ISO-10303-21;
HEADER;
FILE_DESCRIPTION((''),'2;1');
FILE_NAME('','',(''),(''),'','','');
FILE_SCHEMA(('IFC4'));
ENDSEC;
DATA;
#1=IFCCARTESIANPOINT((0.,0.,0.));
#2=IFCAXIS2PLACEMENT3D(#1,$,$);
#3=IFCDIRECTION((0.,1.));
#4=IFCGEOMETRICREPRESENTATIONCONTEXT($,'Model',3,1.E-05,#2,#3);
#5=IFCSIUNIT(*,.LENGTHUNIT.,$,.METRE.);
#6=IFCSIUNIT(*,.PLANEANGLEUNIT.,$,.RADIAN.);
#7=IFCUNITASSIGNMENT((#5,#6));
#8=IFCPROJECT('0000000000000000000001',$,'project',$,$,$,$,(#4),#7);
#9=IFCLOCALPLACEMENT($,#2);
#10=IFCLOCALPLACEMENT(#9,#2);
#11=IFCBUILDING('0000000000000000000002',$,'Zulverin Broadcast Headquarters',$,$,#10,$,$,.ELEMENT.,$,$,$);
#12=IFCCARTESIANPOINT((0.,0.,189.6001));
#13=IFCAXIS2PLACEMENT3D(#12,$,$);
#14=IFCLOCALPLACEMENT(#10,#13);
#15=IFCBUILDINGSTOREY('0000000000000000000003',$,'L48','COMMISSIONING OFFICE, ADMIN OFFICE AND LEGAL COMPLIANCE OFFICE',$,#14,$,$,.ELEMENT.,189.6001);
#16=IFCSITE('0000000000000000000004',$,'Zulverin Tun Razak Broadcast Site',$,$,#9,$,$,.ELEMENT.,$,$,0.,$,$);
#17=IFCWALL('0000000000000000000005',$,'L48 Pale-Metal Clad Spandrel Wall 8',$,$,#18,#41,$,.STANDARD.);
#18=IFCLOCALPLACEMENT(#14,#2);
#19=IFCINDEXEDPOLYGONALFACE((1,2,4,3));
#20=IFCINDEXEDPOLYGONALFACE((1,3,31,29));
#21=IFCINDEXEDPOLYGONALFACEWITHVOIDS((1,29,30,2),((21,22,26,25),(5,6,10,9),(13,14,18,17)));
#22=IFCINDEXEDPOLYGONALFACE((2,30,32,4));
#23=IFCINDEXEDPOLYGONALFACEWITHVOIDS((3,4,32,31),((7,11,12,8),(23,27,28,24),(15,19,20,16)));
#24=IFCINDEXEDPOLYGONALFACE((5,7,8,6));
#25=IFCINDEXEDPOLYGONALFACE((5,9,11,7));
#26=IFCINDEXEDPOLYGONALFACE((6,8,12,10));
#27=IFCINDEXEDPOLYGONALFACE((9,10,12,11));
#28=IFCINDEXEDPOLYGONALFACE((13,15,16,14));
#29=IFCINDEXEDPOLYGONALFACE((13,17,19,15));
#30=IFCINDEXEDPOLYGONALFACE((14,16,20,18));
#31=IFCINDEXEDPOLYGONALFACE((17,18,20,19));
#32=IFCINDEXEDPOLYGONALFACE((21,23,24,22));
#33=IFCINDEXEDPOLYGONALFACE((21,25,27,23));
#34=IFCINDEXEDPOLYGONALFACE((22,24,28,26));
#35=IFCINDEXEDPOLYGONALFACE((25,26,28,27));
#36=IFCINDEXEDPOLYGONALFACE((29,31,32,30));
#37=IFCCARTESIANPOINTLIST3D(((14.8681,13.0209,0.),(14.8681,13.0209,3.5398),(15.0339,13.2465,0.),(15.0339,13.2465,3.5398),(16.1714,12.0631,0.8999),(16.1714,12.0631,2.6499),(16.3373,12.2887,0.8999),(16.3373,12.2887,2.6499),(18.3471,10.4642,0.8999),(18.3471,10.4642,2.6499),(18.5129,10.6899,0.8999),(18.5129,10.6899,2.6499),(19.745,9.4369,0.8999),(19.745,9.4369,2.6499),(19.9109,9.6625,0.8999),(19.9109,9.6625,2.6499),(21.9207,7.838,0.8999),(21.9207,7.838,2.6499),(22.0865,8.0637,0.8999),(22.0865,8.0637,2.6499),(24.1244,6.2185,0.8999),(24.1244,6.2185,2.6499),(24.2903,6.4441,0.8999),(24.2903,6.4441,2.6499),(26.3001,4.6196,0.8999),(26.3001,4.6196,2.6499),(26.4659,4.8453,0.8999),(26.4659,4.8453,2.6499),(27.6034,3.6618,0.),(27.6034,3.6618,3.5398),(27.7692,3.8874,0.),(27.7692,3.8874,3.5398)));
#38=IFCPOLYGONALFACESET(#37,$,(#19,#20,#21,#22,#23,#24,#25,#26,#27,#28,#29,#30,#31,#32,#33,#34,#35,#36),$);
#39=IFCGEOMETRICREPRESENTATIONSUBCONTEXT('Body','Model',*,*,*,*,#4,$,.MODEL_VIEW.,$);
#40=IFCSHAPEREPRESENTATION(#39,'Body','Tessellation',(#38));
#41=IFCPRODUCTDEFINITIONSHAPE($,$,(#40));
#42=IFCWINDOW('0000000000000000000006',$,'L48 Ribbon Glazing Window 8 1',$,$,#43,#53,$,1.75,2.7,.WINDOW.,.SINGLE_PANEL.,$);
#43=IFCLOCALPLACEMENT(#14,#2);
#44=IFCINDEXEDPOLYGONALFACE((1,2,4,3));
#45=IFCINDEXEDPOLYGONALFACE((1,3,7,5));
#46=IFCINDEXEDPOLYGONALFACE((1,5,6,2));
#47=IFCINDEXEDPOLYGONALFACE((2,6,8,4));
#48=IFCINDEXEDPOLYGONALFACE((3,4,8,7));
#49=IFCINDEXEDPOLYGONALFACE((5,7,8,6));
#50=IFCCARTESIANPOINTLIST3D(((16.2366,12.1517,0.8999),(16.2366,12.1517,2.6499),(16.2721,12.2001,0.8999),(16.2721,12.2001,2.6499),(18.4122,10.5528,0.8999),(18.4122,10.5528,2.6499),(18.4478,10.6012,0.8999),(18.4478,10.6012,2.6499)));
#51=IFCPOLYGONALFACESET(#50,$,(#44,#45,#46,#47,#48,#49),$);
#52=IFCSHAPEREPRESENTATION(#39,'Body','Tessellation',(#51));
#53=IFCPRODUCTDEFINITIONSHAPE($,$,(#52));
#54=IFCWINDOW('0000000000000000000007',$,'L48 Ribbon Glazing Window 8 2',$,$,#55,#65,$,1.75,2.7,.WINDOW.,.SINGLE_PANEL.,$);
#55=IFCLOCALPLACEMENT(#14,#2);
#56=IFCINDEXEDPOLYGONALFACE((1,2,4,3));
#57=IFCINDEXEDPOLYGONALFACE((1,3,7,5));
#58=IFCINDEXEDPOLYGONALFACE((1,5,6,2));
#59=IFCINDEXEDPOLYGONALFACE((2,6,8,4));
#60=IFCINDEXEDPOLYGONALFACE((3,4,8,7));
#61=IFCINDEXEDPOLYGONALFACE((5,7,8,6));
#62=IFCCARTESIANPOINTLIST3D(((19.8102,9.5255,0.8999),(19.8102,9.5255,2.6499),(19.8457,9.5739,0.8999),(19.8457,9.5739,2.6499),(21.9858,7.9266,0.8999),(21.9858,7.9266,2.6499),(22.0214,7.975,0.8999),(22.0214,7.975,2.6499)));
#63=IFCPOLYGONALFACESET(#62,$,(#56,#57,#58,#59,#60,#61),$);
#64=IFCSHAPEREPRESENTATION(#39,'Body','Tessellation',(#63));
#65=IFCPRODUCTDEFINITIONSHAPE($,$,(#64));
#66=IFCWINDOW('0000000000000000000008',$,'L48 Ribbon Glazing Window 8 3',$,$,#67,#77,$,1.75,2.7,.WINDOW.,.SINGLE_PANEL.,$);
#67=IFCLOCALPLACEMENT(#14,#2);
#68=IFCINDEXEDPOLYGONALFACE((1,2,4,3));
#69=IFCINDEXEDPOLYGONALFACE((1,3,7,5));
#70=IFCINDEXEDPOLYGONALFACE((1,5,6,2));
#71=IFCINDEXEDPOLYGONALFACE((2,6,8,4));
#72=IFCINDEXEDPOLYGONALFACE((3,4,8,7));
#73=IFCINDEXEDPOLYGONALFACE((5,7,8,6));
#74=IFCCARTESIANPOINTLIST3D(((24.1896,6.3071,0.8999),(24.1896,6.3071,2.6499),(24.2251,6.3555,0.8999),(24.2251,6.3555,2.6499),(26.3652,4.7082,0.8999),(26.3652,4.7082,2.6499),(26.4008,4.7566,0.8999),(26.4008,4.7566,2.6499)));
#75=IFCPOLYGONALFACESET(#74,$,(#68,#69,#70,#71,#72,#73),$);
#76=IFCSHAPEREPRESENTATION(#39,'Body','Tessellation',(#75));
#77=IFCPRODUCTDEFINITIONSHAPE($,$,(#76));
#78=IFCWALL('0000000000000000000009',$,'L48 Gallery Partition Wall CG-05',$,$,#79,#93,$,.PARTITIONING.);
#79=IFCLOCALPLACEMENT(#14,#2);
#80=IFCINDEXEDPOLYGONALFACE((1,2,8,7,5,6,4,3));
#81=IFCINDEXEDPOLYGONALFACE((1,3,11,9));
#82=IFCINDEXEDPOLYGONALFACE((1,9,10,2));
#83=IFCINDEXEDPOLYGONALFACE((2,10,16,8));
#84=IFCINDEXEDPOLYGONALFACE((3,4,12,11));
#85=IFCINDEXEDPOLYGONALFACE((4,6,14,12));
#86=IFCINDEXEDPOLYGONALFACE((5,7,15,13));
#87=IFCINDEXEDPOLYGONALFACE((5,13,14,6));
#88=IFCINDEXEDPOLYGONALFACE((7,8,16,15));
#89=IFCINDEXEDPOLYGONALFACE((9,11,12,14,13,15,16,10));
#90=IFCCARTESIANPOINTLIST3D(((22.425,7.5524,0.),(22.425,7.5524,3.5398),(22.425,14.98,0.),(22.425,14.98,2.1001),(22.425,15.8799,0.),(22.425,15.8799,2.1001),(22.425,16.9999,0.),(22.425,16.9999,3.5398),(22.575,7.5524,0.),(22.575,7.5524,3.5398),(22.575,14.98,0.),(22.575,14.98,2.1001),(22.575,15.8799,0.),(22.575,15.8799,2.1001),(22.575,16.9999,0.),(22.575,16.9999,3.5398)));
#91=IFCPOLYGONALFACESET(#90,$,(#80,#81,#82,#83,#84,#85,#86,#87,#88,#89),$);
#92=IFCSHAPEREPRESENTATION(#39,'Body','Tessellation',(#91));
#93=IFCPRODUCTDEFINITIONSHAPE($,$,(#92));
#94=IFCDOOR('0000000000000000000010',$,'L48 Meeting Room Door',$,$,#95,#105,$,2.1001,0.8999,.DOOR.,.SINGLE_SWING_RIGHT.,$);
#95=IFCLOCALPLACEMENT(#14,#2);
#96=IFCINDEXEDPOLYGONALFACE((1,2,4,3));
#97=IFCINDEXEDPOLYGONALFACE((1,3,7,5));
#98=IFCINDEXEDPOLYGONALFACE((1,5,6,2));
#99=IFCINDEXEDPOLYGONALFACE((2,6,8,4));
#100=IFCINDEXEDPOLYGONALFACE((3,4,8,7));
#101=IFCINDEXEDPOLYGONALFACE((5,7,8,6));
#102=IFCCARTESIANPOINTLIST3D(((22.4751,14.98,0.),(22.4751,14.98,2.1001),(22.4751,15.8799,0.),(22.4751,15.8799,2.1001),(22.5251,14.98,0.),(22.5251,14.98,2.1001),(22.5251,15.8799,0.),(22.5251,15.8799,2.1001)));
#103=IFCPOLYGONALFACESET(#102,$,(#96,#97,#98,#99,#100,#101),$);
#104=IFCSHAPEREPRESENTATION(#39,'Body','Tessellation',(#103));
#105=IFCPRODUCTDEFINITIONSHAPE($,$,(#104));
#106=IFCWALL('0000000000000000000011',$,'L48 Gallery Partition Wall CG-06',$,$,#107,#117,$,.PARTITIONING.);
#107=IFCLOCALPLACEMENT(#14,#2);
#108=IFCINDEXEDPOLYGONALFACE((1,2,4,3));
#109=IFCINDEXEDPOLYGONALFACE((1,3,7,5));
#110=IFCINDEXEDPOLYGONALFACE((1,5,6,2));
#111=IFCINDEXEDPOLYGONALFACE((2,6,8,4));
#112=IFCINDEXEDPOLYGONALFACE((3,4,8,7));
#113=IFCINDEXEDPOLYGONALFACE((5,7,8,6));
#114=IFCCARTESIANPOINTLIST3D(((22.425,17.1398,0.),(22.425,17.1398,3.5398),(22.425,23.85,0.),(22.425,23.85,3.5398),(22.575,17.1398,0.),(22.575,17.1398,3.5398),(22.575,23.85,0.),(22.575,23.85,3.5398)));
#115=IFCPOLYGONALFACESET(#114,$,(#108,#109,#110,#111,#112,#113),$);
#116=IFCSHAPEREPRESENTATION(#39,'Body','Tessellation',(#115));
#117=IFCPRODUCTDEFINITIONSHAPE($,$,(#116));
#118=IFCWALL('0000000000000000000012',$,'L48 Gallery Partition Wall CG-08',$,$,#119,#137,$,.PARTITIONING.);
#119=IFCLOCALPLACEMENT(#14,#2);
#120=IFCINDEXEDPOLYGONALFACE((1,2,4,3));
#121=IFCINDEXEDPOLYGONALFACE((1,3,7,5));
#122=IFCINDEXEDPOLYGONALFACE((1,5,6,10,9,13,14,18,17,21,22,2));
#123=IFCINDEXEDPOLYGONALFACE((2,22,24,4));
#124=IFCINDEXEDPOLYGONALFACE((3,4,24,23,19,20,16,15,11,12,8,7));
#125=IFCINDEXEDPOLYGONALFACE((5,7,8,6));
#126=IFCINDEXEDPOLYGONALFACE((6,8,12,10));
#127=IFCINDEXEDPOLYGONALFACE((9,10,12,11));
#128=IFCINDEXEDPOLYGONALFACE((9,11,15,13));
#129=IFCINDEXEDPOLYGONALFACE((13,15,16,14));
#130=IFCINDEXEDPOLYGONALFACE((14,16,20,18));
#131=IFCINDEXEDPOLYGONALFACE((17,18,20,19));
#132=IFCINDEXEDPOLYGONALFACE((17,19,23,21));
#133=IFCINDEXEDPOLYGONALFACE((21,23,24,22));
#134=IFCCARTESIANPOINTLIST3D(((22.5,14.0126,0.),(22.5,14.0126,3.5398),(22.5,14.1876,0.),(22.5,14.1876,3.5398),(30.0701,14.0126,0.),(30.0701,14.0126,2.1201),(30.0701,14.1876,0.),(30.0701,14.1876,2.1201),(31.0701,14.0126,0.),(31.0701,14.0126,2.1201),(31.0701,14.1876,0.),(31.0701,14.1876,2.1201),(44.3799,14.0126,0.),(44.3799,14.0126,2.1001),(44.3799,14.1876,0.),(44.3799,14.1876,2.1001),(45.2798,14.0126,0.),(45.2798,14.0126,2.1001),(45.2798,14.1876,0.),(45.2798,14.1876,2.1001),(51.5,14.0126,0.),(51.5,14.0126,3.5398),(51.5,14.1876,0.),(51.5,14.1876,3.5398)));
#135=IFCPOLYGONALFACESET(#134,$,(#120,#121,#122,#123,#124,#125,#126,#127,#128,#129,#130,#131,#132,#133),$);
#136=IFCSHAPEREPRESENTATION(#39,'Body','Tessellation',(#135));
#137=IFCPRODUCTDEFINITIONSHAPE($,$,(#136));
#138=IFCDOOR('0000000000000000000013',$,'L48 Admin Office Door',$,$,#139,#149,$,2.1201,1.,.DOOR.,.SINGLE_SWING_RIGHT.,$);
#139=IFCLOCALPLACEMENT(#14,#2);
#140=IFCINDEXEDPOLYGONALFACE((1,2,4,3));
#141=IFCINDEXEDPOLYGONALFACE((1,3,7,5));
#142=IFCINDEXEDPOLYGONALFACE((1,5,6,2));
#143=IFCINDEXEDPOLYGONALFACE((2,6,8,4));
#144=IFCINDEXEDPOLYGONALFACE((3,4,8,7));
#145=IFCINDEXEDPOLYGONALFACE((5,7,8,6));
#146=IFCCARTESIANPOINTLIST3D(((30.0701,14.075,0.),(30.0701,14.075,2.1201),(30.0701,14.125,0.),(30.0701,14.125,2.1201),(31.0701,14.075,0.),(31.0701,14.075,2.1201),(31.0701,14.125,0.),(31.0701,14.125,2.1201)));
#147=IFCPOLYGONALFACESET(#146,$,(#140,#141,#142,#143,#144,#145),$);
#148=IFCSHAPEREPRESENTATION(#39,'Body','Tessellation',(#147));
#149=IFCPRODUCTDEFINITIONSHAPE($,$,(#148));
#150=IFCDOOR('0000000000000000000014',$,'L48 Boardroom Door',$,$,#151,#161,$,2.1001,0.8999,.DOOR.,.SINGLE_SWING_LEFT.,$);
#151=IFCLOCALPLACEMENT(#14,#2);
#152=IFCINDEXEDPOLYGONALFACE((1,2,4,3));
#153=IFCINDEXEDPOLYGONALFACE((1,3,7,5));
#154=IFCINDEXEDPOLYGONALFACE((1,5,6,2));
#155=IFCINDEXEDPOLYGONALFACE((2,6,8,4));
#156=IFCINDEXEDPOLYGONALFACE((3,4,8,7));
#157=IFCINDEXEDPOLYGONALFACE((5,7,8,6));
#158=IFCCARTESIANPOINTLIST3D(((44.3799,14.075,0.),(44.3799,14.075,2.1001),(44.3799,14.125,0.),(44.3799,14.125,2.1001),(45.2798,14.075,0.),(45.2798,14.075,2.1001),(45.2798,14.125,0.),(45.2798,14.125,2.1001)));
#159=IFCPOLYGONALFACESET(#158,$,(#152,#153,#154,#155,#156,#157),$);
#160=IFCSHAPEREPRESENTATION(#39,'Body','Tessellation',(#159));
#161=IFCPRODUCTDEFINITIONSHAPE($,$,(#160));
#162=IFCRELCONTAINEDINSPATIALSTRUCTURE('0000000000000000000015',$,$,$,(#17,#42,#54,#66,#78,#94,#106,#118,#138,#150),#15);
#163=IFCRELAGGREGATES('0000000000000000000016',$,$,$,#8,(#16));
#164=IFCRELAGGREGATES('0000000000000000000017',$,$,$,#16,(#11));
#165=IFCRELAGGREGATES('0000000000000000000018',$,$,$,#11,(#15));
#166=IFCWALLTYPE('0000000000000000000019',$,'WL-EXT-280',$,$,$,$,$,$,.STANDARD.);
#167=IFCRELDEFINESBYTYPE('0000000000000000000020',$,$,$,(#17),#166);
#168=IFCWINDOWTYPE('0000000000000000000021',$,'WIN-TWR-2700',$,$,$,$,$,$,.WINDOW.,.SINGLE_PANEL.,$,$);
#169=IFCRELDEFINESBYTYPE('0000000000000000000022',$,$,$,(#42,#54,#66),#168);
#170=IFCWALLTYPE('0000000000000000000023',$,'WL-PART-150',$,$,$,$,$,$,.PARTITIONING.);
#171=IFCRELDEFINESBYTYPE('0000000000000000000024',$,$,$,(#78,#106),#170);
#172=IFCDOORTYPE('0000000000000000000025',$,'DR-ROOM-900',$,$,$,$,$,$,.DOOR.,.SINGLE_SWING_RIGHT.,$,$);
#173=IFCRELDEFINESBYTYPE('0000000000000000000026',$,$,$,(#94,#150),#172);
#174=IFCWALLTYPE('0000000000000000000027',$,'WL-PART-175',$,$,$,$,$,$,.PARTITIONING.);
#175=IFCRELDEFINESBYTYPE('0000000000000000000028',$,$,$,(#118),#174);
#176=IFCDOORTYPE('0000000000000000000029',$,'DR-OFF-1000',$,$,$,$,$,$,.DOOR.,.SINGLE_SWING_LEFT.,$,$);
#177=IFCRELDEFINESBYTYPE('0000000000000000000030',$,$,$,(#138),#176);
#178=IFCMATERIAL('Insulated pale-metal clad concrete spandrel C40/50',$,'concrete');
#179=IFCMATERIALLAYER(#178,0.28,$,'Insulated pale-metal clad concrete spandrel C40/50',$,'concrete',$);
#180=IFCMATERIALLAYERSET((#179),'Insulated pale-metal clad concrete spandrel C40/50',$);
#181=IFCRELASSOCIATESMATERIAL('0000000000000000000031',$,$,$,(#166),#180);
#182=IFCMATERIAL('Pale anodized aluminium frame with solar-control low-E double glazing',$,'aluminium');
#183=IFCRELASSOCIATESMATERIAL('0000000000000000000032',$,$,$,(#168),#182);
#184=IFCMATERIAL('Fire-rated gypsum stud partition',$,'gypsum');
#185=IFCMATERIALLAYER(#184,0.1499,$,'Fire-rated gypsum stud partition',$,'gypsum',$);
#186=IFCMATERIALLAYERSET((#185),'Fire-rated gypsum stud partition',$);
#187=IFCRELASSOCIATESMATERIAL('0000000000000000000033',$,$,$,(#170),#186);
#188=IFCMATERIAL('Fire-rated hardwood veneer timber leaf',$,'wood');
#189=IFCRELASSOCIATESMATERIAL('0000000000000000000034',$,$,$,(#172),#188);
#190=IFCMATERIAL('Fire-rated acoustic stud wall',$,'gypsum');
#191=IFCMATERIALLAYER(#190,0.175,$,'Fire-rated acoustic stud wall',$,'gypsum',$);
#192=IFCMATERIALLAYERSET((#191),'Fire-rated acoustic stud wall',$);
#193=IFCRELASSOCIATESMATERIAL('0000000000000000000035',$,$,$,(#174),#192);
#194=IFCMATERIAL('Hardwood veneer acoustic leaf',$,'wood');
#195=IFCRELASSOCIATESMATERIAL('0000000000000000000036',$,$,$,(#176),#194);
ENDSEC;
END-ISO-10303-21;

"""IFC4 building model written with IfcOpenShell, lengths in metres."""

from ifc_helpers import new_model, si_unit, direction, frame, frame_2d, origin, place, context, subcontext, project, spatial, rectangle, extrude, material, layer, layer_set, type_object, element, fill, save


model = new_model("IFC4")

# Units and contexts
model_context = context("Model", 3, precision=1e-05, world=origin(), true_north=direction((0.0, 1.0)))
body_context = subcontext(model_context, "Body", "Model", "MODEL_VIEW")
ifc_project = project(units=[si_unit("LENGTHUNIT", "METRE"), si_unit("PLANEANGLEUNIT", "RADIAN")], contexts=[model_context])

# Site, building, storey
site_placement = place(None, origin())
site = spatial("IfcSite", under=ifc_project, at=site_placement, Name="Zulverin Tun Razak Broadcast Site", CompositionType="ELEMENT", RefElevation=0.0)
building_placement = place(site_placement, origin())
building = spatial("IfcBuilding", under=site, at=building_placement, Name="Zulverin Broadcast Headquarters", CompositionType="ELEMENT")
storey_placement = place(building_placement, frame((0.0, 0.0, 189.6001)))
storey = spatial("IfcBuildingStorey", under=building, at=storey_placement, Name="L48", Description="COMMISSIONING OFFICE, ADMIN OFFICE AND LEGAL COMPLIANCE OFFICE", CompositionType="ELEMENT", Elevation=189.6001)

# Wall, openings, windows
ifc_material_1 = material(Name="Insulated pale-metal clad concrete spandrel C40/50", Category="concrete")
ifc_layer_1 = layer(ifc_material_1, 0.28, Name="Insulated pale-metal clad concrete spandrel C40/50", Category="concrete")
ifc_layer_set_1 = layer_set([ifc_layer_1], Name="Insulated pale-metal clad concrete spandrel C40/50")
wall_type_1 = type_object("IfcWallType", Name="WL-EXT-280", PredefinedType="STANDARD", material=ifc_layer_set_1)
wall_1_placement = place(storey_placement, frame((14.9509, 13.1338, 0.0), z_axis=(0.0, 0.0, 1.0), x_axis=(0.805805, -0.592181, 0.0)))
wall_1 = element("IfcWall", 1, at=wall_1_placement, inside=storey, type_object=wall_type_1, Name="L48 Pale-Metal Clad Spandrel Wall 8", PredefinedType="STANDARD", context=body_context, shape_type="SweptSolid", body=[
    extrude(rectangle(XDim=15.8044, YDim=0.28, at=frame_2d((7.9023, 0.0))), origin(), (0.0, 0.0, 1.0), 3.5398),
])
opening_1_placement = place(wall_1_placement, frame((1.6174, 0.0, 0.8999)))
opening_1 = element("IfcOpeningElement", 2, at=opening_1_placement, cuts=wall_1, PredefinedType="OPENING", context=body_context, shape_type="SweptSolid", body=[
    extrude(rectangle(XDim=2.7, YDim=1.75, at=frame_2d((1.3501, 0.875))), frame((0.0, 0.1499, 0.0), z_axis=(0.0, -1.0, 0.0), x_axis=(1.0, 0.0, 0.0)), (0.0, 0.0, 1.0), 0.3),
])
opening_2_placement = place(wall_1_placement, frame((6.0522, 0.0, 0.8999)))
opening_2 = element("IfcOpeningElement", 3, at=opening_2_placement, cuts=wall_1, PredefinedType="OPENING", context=body_context, shape_type="SweptSolid", body=[
    extrude(rectangle(XDim=2.7, YDim=1.75, at=frame_2d((1.3501, 0.875))), frame((0.0, 0.1499, 0.0), z_axis=(0.0, -1.0, 0.0), x_axis=(1.0, 0.0, 0.0)), (0.0, 0.0, 1.0), 0.3),
])
opening_3_placement = place(wall_1_placement, frame((11.4871, 0.0, 0.8999)))
opening_3 = element("IfcOpeningElement", 4, at=opening_3_placement, cuts=wall_1, PredefinedType="OPENING", context=body_context, shape_type="SweptSolid", body=[
    extrude(rectangle(XDim=2.7, YDim=1.75, at=frame_2d((1.3501, 0.875))), frame((0.0, 0.1499, 0.0), z_axis=(0.0, -1.0, 0.0), x_axis=(1.0, 0.0, 0.0)), (0.0, 0.0, 1.0), 0.3),
])
ifc_material_2 = material(Name="Pale anodized aluminium frame with solar-control low-E double glazing", Category="aluminium")
window_type = type_object("IfcWindowType", Name="WIN-TWR-2700", PartitioningType="SINGLE_PANEL", PredefinedType="WINDOW", material=ifc_material_2)
window_1_placement = place(opening_1_placement, origin())
window_1 = element("IfcWindow", 5, at=window_1_placement, inside=storey, type_object=window_type, Name="L48 Ribbon Glazing Window 8 1", OverallHeight=1.75, OverallWidth=2.7, PartitioningType="SINGLE_PANEL", PredefinedType="WINDOW", context=body_context, shape_type="SweptSolid", body=[
    extrude(rectangle(XDim=2.7, YDim=1.75, at=frame_2d((1.3501, 0.875))), frame((0.0, 0.03, 0.0), z_axis=(0.0, -1.0, 0.0), x_axis=(1.0, 0.0, 0.0)), (0.0, 0.0, 1.0), 0.0601),
])
fill(opening_1, window_1)
window_2_placement = place(opening_2_placement, origin())
window_2 = element("IfcWindow", 6, at=window_2_placement, inside=storey, type_object=window_type, Name="L48 Ribbon Glazing Window 8 2", OverallHeight=1.75, OverallWidth=2.7, PartitioningType="SINGLE_PANEL", PredefinedType="WINDOW", context=body_context, shape_type="SweptSolid", body=[
    extrude(rectangle(XDim=2.7, YDim=1.75, at=frame_2d((1.3501, 0.875))), frame((0.0, 0.03, 0.0), z_axis=(0.0, -1.0, 0.0), x_axis=(1.0, 0.0, 0.0)), (0.0, 0.0, 1.0), 0.0601),
])
fill(opening_2, window_2)
window_3_placement = place(opening_3_placement, origin())
window_3 = element("IfcWindow", 7, at=window_3_placement, inside=storey, type_object=window_type, Name="L48 Ribbon Glazing Window 8 3", OverallHeight=1.75, OverallWidth=2.7, PartitioningType="SINGLE_PANEL", PredefinedType="WINDOW", context=body_context, shape_type="SweptSolid", body=[
    extrude(rectangle(XDim=2.7, YDim=1.75, at=frame_2d((1.3501, 0.875))), frame((0.0, 0.03, 0.0), z_axis=(0.0, -1.0, 0.0), x_axis=(1.0, 0.0, 0.0)), (0.0, 0.0, 1.0), 0.0601),
])
fill(opening_3, window_3)

# Wall, opening, door
ifc_material_3 = material(Name="Fire-rated gypsum stud partition", Category="gypsum")
ifc_layer_2 = layer(ifc_material_3, 0.1499, Name="Fire-rated gypsum stud partition", Category="gypsum")
ifc_layer_set_2 = layer_set([ifc_layer_2], Name="Fire-rated gypsum stud partition")
wall_type_2 = type_object("IfcWallType", Name="WL-PART-150", PredefinedType="PARTITIONING", material=ifc_layer_set_2)
wall_2_placement = place(storey_placement, frame((22.5, 7.5525, 0.0), z_axis=(0.0, 0.0, 1.0), x_axis=(0.0, 1.0, 0.0)))
wall_2 = element("IfcWall", 8, at=wall_2_placement, inside=storey, type_object=wall_type_2, Name="L48 Gallery Partition Wall CG-05", PredefinedType="PARTITIONING", context=body_context, shape_type="SweptSolid", body=[
    extrude(rectangle(XDim=9.4475, YDim=0.1499, at=frame_2d((4.7236, 0.0))), origin(), (0.0, 0.0, 1.0), 3.5398),
])
opening_4_placement = place(wall_2_placement, frame((7.4275, 0.0, 0.0)))
opening_4 = element("IfcOpeningElement", 9, at=opening_4_placement, cuts=wall_2, PredefinedType="OPENING", context=body_context, shape_type="SweptSolid", body=[
    extrude(rectangle(XDim=0.8999, YDim=2.1001, at=frame_2d((0.45, 1.05))), frame((0.0, 0.085, 0.0), z_axis=(0.0, -1.0, 0.0), x_axis=(1.0, 0.0, 0.0)), (0.0, 0.0, 1.0), 0.1699),
])
ifc_material_4 = material(Name="Fire-rated hardwood veneer timber leaf", Category="wood")
door_type_1 = type_object("IfcDoorType", Name="DR-ROOM-900", OperationType="SINGLE_SWING_RIGHT", PredefinedType="DOOR", material=ifc_material_4)
door_1_placement = place(opening_4_placement, origin())
door_1 = element("IfcDoor", 10, at=door_1_placement, inside=storey, type_object=door_type_1, Name="L48 Meeting Room Door", OperationType="SINGLE_SWING_RIGHT", OverallHeight=2.1001, OverallWidth=0.8999, PredefinedType="DOOR", context=body_context, shape_type="SweptSolid", body=[
    extrude(rectangle(XDim=0.8999, YDim=2.1001, at=frame_2d((0.45, 1.05))), frame((0.0, 0.0249, 0.0), z_axis=(0.0, -1.0, 0.0), x_axis=(1.0, 0.0, 0.0)), (0.0, 0.0, 1.0), 0.05),
])
fill(opening_4, door_1)

# Wall
wall_3_placement = place(storey_placement, frame((22.5, 17.1399, 0.0), z_axis=(0.0, 0.0, 1.0), x_axis=(0.0, 1.0, 0.0)))
element("IfcWall", 11, at=wall_3_placement, inside=storey, type_object=wall_type_2, Name="L48 Gallery Partition Wall CG-06", PredefinedType="PARTITIONING", context=body_context, shape_type="SweptSolid", body=[
    extrude(rectangle(XDim=6.7102, YDim=0.1499, at=frame_2d((3.355, 0.0))), origin(), (0.0, 0.0, 1.0), 3.5398),
])

# Wall, openings, doors
ifc_material_5 = material(Name="Fire-rated acoustic stud wall", Category="gypsum")
ifc_layer_3 = layer(ifc_material_5, 0.175, Name="Fire-rated acoustic stud wall", Category="gypsum")
ifc_layer_set_3 = layer_set([ifc_layer_3], Name="Fire-rated acoustic stud wall")
wall_type_3 = type_object("IfcWallType", Name="WL-PART-175", PredefinedType="PARTITIONING", material=ifc_layer_set_3)
wall_4_placement = place(storey_placement, frame((22.5, 14.1001, 0.0), z_axis=(0.0, 0.0, 1.0), x_axis=(1.0, 0.0, 0.0)))
wall_4 = element("IfcWall", 12, at=wall_4_placement, inside=storey, type_object=wall_type_3, Name="L48 Gallery Partition Wall CG-08", PredefinedType="PARTITIONING", context=body_context, shape_type="SweptSolid", body=[
    extrude(rectangle(XDim=29.0, YDim=0.175, at=frame_2d((14.5, 0.0))), origin(), (0.0, 0.0, 1.0), 3.5398),
])
opening_5_placement = place(wall_4_placement, frame((7.5701, 0.0, 0.0)))
opening_5 = element("IfcOpeningElement", 13, at=opening_5_placement, cuts=wall_4, PredefinedType="OPENING", context=body_context, shape_type="SweptSolid", body=[
    extrude(rectangle(XDim=1.0, YDim=2.1201, at=frame_2d((0.5, 1.0601))), frame((0.0, 0.0974, 0.0), z_axis=(0.0, -1.0, 0.0), x_axis=(1.0, 0.0, 0.0)), (0.0, 0.0, 1.0), 0.1951),
])
opening_6_placement = place(wall_4_placement, frame((21.8799, 0.0, 0.0)))
opening_6 = element("IfcOpeningElement", 14, at=opening_6_placement, cuts=wall_4, PredefinedType="OPENING", context=body_context, shape_type="SweptSolid", body=[
    extrude(rectangle(XDim=0.8999, YDim=2.1001, at=frame_2d((0.45, 1.05))), frame((0.0, 0.0974, 0.0), z_axis=(0.0, -1.0, 0.0), x_axis=(1.0, 0.0, 0.0)), (0.0, 0.0, 1.0), 0.1951),
])
ifc_material_6 = material(Name="Hardwood veneer acoustic leaf", Category="wood")
door_type_2 = type_object("IfcDoorType", Name="DR-OFF-1000", OperationType="SINGLE_SWING_LEFT", PredefinedType="DOOR", material=ifc_material_6)
door_2_placement = place(opening_5_placement, origin())
door_2 = element("IfcDoor", 15, at=door_2_placement, inside=storey, type_object=door_type_2, Name="L48 Admin Office Door", OperationType="SINGLE_SWING_RIGHT", OverallHeight=2.1201, OverallWidth=1.0, PredefinedType="DOOR", context=body_context, shape_type="SweptSolid", body=[
    extrude(rectangle(XDim=1.0, YDim=2.1201, at=frame_2d((0.5, 1.0601))), frame((0.0, 0.0249, 0.0), z_axis=(0.0, -1.0, 0.0), x_axis=(1.0, 0.0, 0.0)), (0.0, 0.0, 1.0), 0.05),
])
fill(opening_5, door_2)
door_3_placement = place(opening_6_placement, origin())
door_3 = element("IfcDoor", 16, at=door_3_placement, inside=storey, type_object=door_type_1, Name="L48 Boardroom Door", OperationType="SINGLE_SWING_LEFT", OverallHeight=2.1001, OverallWidth=0.8999, PredefinedType="DOOR", context=body_context, shape_type="SweptSolid", body=[
    extrude(rectangle(XDim=0.8999, YDim=2.1001, at=frame_2d((0.45, 1.05))), frame((0.0, 0.0249, 0.0), z_axis=(0.0, -1.0, 0.0), x_axis=(1.0, 0.0, 0.0)), (0.0, 0.0, 1.0), 0.05),
])
fill(opening_6, door_3)

save(model, "model.ifc")
